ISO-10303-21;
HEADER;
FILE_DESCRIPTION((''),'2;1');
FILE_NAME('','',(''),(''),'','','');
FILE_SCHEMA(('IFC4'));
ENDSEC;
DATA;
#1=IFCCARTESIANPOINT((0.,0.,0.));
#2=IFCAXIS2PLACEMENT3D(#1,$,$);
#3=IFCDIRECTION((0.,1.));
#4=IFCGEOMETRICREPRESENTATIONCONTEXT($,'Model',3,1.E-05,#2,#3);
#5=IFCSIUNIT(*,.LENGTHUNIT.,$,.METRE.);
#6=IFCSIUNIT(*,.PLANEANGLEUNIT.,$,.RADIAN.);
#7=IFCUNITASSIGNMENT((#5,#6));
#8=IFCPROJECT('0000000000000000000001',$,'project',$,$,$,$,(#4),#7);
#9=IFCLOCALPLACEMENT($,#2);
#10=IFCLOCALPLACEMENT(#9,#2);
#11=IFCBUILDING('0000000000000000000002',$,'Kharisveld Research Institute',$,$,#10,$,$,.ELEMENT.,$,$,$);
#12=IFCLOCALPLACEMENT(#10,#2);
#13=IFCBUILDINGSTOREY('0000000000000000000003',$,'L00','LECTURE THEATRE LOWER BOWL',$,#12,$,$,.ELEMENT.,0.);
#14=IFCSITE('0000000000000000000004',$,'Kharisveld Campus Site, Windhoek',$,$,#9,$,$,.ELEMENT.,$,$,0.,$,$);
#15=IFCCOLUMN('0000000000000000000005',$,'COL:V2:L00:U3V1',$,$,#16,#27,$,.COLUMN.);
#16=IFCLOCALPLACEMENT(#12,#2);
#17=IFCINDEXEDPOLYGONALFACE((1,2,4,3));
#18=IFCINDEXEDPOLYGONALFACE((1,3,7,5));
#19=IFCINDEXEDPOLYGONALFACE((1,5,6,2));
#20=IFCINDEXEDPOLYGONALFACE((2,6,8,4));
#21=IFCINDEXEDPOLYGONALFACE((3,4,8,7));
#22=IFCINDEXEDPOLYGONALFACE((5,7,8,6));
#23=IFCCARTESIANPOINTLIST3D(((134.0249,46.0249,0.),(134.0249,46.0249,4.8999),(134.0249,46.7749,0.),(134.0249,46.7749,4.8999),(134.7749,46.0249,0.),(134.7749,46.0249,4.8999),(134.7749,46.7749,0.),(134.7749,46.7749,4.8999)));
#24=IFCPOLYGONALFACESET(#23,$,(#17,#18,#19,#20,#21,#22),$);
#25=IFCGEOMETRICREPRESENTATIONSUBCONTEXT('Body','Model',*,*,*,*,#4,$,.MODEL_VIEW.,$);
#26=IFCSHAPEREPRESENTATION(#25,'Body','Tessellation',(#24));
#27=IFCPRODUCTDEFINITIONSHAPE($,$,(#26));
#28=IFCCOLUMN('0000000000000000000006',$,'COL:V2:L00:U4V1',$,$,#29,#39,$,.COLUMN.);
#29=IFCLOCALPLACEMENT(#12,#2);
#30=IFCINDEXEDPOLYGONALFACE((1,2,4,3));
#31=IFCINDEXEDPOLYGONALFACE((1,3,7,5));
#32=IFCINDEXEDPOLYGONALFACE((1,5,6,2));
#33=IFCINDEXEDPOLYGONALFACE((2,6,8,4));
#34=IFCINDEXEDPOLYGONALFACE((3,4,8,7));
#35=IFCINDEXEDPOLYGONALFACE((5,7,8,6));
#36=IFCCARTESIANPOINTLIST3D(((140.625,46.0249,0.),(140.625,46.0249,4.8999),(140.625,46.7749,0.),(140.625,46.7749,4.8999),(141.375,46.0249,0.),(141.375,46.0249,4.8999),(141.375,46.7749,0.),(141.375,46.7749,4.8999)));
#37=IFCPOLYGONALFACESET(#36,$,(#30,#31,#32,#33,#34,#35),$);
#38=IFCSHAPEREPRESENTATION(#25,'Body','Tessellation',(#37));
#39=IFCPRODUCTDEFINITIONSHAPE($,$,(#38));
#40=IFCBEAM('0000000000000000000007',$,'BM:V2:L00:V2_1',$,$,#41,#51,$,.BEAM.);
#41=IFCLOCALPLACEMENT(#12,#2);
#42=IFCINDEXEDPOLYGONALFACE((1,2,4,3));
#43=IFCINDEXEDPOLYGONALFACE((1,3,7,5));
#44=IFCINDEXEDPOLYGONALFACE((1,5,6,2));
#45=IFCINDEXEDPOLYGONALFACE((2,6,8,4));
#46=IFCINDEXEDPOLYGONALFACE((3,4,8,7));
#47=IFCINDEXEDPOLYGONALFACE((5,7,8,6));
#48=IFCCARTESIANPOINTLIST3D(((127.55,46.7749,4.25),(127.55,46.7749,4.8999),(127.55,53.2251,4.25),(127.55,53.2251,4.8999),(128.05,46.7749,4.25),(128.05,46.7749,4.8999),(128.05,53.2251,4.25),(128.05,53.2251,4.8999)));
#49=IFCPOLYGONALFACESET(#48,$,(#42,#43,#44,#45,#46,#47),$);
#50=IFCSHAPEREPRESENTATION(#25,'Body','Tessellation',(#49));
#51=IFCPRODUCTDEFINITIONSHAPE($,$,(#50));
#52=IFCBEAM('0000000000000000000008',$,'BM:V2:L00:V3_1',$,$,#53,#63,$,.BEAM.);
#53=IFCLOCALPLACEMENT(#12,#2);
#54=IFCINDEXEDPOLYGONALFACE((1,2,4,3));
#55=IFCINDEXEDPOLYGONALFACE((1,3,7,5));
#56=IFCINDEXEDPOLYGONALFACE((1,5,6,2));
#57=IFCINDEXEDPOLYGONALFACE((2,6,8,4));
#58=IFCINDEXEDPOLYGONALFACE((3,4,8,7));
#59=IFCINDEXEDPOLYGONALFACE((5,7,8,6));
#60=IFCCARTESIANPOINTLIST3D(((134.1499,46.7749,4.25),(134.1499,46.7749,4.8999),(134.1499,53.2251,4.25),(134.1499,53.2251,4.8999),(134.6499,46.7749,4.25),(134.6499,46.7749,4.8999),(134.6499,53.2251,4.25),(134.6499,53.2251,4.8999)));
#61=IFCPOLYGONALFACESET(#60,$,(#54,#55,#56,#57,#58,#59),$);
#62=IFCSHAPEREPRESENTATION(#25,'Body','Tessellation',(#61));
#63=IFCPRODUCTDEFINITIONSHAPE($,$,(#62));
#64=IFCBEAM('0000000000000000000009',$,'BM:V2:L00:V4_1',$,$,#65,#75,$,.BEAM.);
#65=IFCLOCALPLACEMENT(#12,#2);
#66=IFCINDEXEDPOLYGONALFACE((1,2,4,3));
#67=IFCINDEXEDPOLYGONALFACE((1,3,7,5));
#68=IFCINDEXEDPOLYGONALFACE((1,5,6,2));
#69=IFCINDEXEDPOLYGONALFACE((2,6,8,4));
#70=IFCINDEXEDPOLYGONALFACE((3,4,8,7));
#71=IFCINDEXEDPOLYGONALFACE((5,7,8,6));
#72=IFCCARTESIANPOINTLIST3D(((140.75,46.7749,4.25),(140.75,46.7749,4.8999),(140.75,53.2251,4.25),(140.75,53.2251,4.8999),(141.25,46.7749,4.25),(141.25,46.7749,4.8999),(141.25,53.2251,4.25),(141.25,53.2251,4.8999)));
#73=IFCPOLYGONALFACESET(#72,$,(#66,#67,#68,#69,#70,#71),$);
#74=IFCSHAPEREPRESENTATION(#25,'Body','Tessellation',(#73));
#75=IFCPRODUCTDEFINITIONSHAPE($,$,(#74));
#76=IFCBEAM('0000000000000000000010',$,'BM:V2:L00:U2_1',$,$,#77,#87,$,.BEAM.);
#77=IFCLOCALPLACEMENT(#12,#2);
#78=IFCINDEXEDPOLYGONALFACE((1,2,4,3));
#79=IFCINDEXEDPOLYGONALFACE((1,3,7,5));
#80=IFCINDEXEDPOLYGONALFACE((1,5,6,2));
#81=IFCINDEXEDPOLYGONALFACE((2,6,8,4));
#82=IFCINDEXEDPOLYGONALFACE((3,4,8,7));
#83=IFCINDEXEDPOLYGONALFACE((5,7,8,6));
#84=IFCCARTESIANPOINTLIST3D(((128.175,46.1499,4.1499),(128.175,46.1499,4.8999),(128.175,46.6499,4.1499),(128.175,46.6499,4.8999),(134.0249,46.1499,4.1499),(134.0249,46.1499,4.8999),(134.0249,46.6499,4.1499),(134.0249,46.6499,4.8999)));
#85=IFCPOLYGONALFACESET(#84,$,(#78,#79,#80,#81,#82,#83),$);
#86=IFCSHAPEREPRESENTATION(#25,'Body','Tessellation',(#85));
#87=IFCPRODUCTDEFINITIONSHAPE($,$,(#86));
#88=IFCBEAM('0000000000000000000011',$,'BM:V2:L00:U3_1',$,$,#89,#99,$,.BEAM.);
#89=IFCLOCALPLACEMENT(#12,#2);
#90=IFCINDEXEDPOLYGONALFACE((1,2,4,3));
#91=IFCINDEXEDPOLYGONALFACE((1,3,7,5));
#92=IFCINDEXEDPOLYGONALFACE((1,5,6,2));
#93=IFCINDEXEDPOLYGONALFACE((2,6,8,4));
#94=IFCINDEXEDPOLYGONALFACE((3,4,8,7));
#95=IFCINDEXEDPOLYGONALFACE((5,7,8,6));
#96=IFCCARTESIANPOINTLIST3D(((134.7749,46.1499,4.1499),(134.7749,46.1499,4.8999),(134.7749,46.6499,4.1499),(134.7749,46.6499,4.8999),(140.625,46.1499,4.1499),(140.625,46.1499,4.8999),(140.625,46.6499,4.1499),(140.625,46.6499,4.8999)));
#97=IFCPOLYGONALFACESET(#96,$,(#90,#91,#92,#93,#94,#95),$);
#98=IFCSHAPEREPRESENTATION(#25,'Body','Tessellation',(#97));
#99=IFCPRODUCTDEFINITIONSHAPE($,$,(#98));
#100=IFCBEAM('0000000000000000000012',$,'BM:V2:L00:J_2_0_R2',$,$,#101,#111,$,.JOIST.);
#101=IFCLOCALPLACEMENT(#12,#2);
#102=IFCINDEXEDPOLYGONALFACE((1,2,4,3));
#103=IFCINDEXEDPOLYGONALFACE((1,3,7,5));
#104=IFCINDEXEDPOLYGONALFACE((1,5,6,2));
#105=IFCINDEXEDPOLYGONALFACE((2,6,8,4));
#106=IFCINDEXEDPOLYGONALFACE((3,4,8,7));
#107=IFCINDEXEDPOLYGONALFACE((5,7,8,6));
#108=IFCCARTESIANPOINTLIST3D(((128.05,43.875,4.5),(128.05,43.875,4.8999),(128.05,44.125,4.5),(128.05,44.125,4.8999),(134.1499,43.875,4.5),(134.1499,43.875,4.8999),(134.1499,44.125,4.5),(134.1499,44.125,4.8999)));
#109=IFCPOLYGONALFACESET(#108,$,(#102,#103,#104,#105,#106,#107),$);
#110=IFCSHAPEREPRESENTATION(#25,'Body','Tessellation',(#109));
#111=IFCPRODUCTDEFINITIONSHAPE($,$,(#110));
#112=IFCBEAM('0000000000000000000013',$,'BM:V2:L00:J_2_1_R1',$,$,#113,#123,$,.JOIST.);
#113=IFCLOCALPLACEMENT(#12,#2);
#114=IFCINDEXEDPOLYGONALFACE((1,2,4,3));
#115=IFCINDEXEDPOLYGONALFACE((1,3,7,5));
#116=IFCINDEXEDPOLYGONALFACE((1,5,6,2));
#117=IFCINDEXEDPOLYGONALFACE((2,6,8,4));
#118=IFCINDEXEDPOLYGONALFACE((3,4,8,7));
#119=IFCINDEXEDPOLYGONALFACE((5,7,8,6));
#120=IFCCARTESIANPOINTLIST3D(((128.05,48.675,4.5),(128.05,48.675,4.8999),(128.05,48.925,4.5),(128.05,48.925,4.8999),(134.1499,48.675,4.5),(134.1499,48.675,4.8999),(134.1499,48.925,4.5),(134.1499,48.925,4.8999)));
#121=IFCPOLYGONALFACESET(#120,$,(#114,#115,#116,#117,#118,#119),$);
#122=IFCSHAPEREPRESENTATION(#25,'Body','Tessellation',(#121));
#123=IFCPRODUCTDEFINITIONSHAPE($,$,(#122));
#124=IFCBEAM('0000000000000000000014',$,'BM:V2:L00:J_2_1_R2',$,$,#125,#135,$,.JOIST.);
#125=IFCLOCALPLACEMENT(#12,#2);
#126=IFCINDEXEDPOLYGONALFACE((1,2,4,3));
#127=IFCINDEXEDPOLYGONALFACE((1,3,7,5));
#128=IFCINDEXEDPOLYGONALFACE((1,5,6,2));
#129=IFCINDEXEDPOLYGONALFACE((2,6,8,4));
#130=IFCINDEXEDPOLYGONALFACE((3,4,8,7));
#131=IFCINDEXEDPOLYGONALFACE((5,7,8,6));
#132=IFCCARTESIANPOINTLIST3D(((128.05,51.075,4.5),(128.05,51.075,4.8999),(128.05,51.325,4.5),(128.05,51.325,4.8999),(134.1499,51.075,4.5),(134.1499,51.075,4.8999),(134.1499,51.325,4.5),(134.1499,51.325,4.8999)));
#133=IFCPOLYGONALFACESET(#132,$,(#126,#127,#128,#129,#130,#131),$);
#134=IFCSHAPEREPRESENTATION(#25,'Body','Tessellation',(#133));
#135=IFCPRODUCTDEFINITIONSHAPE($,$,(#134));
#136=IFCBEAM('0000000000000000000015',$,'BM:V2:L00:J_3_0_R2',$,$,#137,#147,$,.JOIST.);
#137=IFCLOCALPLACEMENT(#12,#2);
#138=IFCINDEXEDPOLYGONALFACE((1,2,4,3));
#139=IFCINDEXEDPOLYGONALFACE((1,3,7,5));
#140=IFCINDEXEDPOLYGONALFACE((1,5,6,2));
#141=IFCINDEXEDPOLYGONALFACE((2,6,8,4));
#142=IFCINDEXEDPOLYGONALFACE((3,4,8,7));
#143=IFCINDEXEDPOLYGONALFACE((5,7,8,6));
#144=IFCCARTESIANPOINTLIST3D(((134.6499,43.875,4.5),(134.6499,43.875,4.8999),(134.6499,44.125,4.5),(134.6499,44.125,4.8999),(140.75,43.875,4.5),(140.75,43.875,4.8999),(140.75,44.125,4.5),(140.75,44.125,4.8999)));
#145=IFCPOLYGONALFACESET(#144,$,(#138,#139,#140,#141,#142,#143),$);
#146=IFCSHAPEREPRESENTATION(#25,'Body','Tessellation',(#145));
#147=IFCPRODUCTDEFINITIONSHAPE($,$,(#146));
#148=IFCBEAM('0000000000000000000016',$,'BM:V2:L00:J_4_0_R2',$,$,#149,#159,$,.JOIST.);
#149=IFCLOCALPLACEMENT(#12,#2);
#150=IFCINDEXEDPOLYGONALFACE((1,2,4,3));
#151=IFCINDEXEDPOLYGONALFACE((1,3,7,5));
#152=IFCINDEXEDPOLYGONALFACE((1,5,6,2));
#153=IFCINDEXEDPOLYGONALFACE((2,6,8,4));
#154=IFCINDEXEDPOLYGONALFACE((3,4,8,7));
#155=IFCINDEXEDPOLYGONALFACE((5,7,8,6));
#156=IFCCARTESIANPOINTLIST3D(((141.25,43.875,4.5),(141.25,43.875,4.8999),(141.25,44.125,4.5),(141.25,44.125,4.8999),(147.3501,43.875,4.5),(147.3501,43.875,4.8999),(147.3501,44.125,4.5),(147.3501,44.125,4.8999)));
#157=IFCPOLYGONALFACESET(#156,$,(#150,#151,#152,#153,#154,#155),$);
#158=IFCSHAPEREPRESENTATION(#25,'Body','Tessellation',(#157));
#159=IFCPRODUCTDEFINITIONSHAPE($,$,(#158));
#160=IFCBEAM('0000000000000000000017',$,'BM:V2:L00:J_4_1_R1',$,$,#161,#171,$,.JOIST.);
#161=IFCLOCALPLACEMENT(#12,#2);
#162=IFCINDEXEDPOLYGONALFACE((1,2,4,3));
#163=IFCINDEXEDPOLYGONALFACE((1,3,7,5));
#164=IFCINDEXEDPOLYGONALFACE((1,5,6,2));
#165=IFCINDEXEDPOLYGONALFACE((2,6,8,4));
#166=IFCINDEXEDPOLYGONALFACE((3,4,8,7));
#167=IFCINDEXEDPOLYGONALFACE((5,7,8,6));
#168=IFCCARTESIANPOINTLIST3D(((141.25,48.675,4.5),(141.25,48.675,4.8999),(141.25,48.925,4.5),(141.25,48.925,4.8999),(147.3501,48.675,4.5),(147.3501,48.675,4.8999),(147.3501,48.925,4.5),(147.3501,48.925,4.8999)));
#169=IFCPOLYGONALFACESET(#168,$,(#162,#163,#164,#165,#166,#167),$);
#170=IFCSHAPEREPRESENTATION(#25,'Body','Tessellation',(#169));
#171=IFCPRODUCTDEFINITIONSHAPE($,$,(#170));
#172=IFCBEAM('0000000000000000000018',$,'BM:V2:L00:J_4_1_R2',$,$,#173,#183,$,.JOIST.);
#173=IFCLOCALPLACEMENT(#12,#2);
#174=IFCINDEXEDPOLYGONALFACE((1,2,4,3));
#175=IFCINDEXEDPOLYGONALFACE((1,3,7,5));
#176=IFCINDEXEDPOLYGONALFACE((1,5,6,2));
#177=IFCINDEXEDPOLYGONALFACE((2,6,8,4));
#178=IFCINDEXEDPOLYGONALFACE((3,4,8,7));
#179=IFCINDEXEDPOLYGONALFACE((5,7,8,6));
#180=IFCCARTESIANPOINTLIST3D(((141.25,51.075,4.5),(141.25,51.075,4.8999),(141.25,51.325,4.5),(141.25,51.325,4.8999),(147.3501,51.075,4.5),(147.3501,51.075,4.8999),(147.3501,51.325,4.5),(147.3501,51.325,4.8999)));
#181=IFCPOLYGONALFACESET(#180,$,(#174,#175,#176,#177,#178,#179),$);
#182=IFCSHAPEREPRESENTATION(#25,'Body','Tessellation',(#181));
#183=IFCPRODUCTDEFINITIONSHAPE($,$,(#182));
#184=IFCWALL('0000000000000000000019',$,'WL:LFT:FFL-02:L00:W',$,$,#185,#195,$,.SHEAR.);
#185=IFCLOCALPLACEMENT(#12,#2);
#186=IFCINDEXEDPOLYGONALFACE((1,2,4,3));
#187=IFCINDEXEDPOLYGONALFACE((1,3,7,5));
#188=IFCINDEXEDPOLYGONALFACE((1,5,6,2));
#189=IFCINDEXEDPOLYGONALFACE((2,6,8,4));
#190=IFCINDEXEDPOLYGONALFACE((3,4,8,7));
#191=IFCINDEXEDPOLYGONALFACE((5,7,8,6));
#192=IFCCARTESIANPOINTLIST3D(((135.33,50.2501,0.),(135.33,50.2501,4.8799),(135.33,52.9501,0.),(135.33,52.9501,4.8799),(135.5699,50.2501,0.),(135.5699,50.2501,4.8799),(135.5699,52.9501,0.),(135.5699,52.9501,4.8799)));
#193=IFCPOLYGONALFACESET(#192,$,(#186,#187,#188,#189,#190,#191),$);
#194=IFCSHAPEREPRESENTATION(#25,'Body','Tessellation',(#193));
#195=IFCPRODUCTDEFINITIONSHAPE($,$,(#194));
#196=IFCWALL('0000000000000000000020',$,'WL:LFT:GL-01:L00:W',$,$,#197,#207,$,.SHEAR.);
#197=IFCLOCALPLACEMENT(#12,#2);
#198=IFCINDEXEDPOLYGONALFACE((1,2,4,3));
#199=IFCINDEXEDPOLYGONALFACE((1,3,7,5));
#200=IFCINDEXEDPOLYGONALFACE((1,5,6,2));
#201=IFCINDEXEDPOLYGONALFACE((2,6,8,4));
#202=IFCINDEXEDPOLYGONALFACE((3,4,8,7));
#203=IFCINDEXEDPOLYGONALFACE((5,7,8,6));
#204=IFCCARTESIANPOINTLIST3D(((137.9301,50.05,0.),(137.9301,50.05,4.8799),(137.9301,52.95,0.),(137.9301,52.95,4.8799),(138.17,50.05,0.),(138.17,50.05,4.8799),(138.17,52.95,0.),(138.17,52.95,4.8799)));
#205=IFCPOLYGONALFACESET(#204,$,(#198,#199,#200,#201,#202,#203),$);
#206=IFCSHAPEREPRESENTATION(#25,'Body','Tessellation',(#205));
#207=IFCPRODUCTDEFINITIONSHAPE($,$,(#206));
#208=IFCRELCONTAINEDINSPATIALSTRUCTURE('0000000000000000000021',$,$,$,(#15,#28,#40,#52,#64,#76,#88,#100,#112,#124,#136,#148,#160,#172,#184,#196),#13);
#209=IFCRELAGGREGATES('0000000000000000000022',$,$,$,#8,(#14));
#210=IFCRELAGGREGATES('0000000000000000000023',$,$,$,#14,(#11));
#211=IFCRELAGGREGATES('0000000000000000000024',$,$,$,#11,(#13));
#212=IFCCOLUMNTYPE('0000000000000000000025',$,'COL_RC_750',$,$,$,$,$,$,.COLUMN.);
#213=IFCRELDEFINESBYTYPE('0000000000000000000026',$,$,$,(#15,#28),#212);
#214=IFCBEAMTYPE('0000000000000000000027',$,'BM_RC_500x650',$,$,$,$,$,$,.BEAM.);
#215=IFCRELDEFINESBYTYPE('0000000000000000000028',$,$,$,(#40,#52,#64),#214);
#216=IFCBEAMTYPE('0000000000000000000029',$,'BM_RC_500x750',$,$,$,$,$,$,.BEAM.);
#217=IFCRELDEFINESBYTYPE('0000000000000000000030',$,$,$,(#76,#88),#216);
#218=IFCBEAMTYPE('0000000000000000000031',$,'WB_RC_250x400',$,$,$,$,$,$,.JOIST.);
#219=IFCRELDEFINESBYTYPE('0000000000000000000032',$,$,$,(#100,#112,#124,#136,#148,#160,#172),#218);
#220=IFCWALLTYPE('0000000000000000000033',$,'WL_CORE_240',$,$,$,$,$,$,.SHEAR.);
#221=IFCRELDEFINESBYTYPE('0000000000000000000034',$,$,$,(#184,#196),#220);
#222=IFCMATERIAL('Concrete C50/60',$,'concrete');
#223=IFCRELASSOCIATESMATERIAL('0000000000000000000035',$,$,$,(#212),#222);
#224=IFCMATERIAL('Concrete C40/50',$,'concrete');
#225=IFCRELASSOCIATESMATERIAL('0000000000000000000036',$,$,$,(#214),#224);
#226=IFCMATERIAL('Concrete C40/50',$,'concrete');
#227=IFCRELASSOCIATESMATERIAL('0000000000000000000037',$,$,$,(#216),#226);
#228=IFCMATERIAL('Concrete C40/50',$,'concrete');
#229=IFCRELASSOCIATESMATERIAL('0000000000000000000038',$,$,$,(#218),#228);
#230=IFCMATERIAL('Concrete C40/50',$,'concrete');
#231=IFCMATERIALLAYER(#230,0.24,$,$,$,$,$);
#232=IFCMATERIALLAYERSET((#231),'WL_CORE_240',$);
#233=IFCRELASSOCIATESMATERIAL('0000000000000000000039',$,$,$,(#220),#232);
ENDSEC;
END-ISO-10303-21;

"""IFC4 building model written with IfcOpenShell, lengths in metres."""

from ifc_helpers import new_model, si_unit, direction, frame, frame_2d, origin, origin_2d, place, context, subcontext, project, spatial, rectangle, extrude, material, layer, layer_set, material_profile, profile_set, type_object, element, save


model = new_model("IFC4")

# Units and contexts
model_context = context("Model", 3, precision=1e-05, world=origin(), true_north=direction((0.0, 1.0)))
body_context = subcontext(model_context, "Body", "Model", "MODEL_VIEW")
ifc_project = project(units=[si_unit("LENGTHUNIT", "METRE"), si_unit("PLANEANGLEUNIT", "RADIAN")], contexts=[model_context])

# Site, building, storey
site_placement = place(None, origin())
site = spatial("IfcSite", under=ifc_project, at=site_placement, Name="Kharisveld Campus Site, Windhoek", CompositionType="ELEMENT", RefElevation=0.0)
building_placement = place(site_placement, origin())
building = spatial("IfcBuilding", under=site, at=building_placement, Name="Kharisveld Research Institute", CompositionType="ELEMENT")
storey_placement = place(building_placement, origin())
storey = spatial("IfcBuildingStorey", under=building, at=storey_placement, Name="L00", Description="LECTURE THEATRE LOWER BOWL", CompositionType="ELEMENT", Elevation=0.0)

# Columns
ifc_material_1 = material(Name="Concrete C50/60", Category="concrete")
ifc_material_profile_1 = material_profile(ifc_material_1, rectangle(XDim=0.75, YDim=0.75, at=origin_2d()))
ifc_profile_set_1 = profile_set([ifc_material_profile_1], Name="Concrete C50/60")
column_type = type_object("IfcColumnType", Name="COL_RC_750", PredefinedType="COLUMN", material=ifc_profile_set_1)
for number, where, z_axis, x_axis, name in (
    (1, (134.3999, 46.3999, 0.0), (0.0, 0.0, 1.0), (1.0, 0.0, 0.0), "COL:V2:L00:U3V1"),
    (2, (141.0, 46.3999, 0.0), (0.0, 0.0, 1.0), (1.0, 0.0, 0.0), "COL:V2:L00:U4V1"),
):
    element("IfcColumn", number, at=place(storey_placement, frame(where, z_axis=z_axis, x_axis=x_axis)), inside=storey, type_object=column_type, Name=name, PredefinedType="COLUMN", context=body_context, shape_type="SweptSolid", body=[
        extrude(rectangle(XDim=0.75, YDim=0.75, at=origin_2d()), origin(), (0.0, 0.0, 1.0), 4.8999),
    ])

# Beams
ifc_material_2 = material(Name="Concrete C40/50", Category="concrete")
ifc_material_profile_2 = material_profile(ifc_material_2, rectangle(XDim=0.5, YDim=0.6499, at=origin_2d()))
ifc_profile_set_2 = profile_set([ifc_material_profile_2], Name="Concrete C40/50")
beam_type_1 = type_object("IfcBeamType", Name="BM_RC_500x650", PredefinedType="BEAM", material=ifc_profile_set_2)
for number, where, z_axis, x_axis, name in (
    (3, (127.8, 46.7749, 4.575), (0.0, 1.0, 0.0), (-1.0, 0.0, 0.0), "BM:V2:L00:V2_1"),
    (4, (134.3999, 46.7749, 4.575), (0.0, 1.0, 0.0), (-1.0, 0.0, 0.0), "BM:V2:L00:V3_1"),
    (5, (141.0, 46.7749, 4.575), (0.0, 1.0, 0.0), (-1.0, 0.0, 0.0), "BM:V2:L00:V4_1"),
):
    element("IfcBeam", number, at=place(storey_placement, frame(where, z_axis=z_axis, x_axis=x_axis)), inside=storey, type_object=beam_type_1, Name=name, PredefinedType="BEAM", context=body_context, shape_type="SweptSolid", body=[
        extrude(rectangle(XDim=0.5, YDim=0.6499, at=origin_2d()), origin(), (0.0, 0.0, 1.0), 6.4502),
    ])
ifc_material_3 = material(Name="Concrete C40/50", Category="concrete")
ifc_material_profile_3 = material_profile(ifc_material_3, rectangle(XDim=0.5, YDim=0.75, at=origin_2d()))
ifc_profile_set_3 = profile_set([ifc_material_profile_3], Name="Concrete C40/50")
beam_type_2 = type_object("IfcBeamType", Name="BM_RC_500x750", PredefinedType="BEAM", material=ifc_profile_set_3)
beam_1_placement = place(storey_placement, frame((128.175, 46.3999, 4.5249), z_axis=(1.0, 0.0, 0.0), x_axis=(0.0, 1.0, 0.0)))
element("IfcBeam", 6, at=beam_1_placement, inside=storey, type_object=beam_type_2, Name="BM:V2:L00:U2_1", PredefinedType="BEAM", context=body_context, shape_type="SweptSolid", body=[
    extrude(rectangle(XDim=0.5, YDim=0.75, at=origin_2d()), origin(), (0.0, 0.0, 1.0), 5.8499),
])
beam_2_placement = place(storey_placement, frame((134.7749, 46.3999, 4.5249), z_axis=(1.0, 0.0, 0.0), x_axis=(0.0, 1.0, 0.0)))
element("IfcBeam", 7, at=beam_2_placement, inside=storey, type_object=beam_type_2, Name="BM:V2:L00:U3_1", PredefinedType="BEAM", context=body_context, shape_type="SweptSolid", body=[
    extrude(rectangle(XDim=0.5, YDim=0.75, at=origin_2d()), origin(), (0.0, 0.0, 1.0), 5.8501),
])
ifc_material_4 = material(Name="Concrete C40/50", Category="concrete")
ifc_material_profile_4 = material_profile(ifc_material_4, rectangle(XDim=0.25, YDim=0.3999, at=origin_2d()))
ifc_profile_set_4 = profile_set([ifc_material_profile_4], Name="Concrete C40/50")
beam_type_3 = type_object("IfcBeamType", Name="WB_RC_250x400", PredefinedType="JOIST", material=ifc_profile_set_4)
for number, where, z_axis, x_axis, name in (
    (8, (128.05, 44.0, 4.7), (1.0, 0.0, 0.0), (0.0, 1.0, 0.0), "BM:V2:L00:J_2_0_R2"),
    (9, (128.05, 48.8, 4.7), (1.0, 0.0, 0.0), (0.0, 1.0, 0.0), "BM:V2:L00:J_2_1_R1"),
    (10, (128.05, 51.2, 4.7), (1.0, 0.0, 0.0), (0.0, 1.0, 0.0), "BM:V2:L00:J_2_1_R2"),
):
    element("IfcBeam", number, at=place(storey_placement, frame(where, z_axis=z_axis, x_axis=x_axis)), inside=storey, type_object=beam_type_3, Name=name, PredefinedType="JOIST", context=body_context, shape_type="SweptSolid", body=[
        extrude(rectangle(XDim=0.25, YDim=0.3999, at=origin_2d()), origin(), (0.0, 0.0, 1.0), 6.0999),
    ])
for number, where, z_axis, x_axis, name in (
    (11, (134.6499, 44.0, 4.7), (1.0, 0.0, 0.0), (0.0, 1.0, 0.0), "BM:V2:L00:J_3_0_R2"),
    (12, (141.25, 44.0, 4.7), (1.0, 0.0, 0.0), (0.0, 1.0, 0.0), "BM:V2:L00:J_4_0_R2"),
    (13, (141.25, 48.8, 4.7), (1.0, 0.0, 0.0), (0.0, 1.0, 0.0), "BM:V2:L00:J_4_1_R1"),
    (14, (141.25, 51.2, 4.7), (1.0, 0.0, 0.0), (0.0, 1.0, 0.0), "BM:V2:L00:J_4_1_R2"),
):
    element("IfcBeam", number, at=place(storey_placement, frame(where, z_axis=z_axis, x_axis=x_axis)), inside=storey, type_object=beam_type_3, Name=name, PredefinedType="JOIST", context=body_context, shape_type="SweptSolid", body=[
        extrude(rectangle(XDim=0.25, YDim=0.3999, at=origin_2d()), origin(), (0.0, 0.0, 1.0), 6.1001),
    ])

# Wall
ifc_material_5 = material(Name="Concrete C40/50", Category="concrete")
ifc_layer_1 = layer(ifc_material_5, 0.24)
ifc_layer_set_1 = layer_set([ifc_layer_1], Name="WL_CORE_240")
wall_type_1 = type_object("IfcWallType", Name="WL_CORE_240", PredefinedType="SHEAR", material=ifc_layer_set_1)
wall_1_placement = place(storey_placement, frame((135.45, 50.25, 0.0), z_axis=(0.0, 0.0, 1.0), x_axis=(0.0, 1.0, 0.0)))
element("IfcWall", 15, at=wall_1_placement, inside=storey, type_object=wall_type_1, Name="WL:LFT:FFL-02:L00:W", PredefinedType="SHEAR", context=body_context, shape_type="SweptSolid", body=[
    extrude(rectangle(XDim=2.7, YDim=0.24, at=frame_2d((1.3501, 0.0))), origin(), (0.0, 0.0, 1.0), 4.8799),
])

# Wall
wall_2_placement = place(storey_placement, frame((138.05, 50.05, 0.0), z_axis=(0.0, 0.0, 1.0), x_axis=(0.0, 1.0, 0.0)))
element("IfcWall", 16, at=wall_2_placement, inside=storey, type_object=wall_type_1, Name="WL:LFT:GL-01:L00:W", PredefinedType="SHEAR", context=body_context, shape_type="SweptSolid", body=[
    extrude(rectangle(XDim=2.8999, YDim=0.24, at=frame_2d((1.45, 0.0))), origin(), (0.0, 0.0, 1.0), 4.8799),
])

save(model, "model.ifc")
